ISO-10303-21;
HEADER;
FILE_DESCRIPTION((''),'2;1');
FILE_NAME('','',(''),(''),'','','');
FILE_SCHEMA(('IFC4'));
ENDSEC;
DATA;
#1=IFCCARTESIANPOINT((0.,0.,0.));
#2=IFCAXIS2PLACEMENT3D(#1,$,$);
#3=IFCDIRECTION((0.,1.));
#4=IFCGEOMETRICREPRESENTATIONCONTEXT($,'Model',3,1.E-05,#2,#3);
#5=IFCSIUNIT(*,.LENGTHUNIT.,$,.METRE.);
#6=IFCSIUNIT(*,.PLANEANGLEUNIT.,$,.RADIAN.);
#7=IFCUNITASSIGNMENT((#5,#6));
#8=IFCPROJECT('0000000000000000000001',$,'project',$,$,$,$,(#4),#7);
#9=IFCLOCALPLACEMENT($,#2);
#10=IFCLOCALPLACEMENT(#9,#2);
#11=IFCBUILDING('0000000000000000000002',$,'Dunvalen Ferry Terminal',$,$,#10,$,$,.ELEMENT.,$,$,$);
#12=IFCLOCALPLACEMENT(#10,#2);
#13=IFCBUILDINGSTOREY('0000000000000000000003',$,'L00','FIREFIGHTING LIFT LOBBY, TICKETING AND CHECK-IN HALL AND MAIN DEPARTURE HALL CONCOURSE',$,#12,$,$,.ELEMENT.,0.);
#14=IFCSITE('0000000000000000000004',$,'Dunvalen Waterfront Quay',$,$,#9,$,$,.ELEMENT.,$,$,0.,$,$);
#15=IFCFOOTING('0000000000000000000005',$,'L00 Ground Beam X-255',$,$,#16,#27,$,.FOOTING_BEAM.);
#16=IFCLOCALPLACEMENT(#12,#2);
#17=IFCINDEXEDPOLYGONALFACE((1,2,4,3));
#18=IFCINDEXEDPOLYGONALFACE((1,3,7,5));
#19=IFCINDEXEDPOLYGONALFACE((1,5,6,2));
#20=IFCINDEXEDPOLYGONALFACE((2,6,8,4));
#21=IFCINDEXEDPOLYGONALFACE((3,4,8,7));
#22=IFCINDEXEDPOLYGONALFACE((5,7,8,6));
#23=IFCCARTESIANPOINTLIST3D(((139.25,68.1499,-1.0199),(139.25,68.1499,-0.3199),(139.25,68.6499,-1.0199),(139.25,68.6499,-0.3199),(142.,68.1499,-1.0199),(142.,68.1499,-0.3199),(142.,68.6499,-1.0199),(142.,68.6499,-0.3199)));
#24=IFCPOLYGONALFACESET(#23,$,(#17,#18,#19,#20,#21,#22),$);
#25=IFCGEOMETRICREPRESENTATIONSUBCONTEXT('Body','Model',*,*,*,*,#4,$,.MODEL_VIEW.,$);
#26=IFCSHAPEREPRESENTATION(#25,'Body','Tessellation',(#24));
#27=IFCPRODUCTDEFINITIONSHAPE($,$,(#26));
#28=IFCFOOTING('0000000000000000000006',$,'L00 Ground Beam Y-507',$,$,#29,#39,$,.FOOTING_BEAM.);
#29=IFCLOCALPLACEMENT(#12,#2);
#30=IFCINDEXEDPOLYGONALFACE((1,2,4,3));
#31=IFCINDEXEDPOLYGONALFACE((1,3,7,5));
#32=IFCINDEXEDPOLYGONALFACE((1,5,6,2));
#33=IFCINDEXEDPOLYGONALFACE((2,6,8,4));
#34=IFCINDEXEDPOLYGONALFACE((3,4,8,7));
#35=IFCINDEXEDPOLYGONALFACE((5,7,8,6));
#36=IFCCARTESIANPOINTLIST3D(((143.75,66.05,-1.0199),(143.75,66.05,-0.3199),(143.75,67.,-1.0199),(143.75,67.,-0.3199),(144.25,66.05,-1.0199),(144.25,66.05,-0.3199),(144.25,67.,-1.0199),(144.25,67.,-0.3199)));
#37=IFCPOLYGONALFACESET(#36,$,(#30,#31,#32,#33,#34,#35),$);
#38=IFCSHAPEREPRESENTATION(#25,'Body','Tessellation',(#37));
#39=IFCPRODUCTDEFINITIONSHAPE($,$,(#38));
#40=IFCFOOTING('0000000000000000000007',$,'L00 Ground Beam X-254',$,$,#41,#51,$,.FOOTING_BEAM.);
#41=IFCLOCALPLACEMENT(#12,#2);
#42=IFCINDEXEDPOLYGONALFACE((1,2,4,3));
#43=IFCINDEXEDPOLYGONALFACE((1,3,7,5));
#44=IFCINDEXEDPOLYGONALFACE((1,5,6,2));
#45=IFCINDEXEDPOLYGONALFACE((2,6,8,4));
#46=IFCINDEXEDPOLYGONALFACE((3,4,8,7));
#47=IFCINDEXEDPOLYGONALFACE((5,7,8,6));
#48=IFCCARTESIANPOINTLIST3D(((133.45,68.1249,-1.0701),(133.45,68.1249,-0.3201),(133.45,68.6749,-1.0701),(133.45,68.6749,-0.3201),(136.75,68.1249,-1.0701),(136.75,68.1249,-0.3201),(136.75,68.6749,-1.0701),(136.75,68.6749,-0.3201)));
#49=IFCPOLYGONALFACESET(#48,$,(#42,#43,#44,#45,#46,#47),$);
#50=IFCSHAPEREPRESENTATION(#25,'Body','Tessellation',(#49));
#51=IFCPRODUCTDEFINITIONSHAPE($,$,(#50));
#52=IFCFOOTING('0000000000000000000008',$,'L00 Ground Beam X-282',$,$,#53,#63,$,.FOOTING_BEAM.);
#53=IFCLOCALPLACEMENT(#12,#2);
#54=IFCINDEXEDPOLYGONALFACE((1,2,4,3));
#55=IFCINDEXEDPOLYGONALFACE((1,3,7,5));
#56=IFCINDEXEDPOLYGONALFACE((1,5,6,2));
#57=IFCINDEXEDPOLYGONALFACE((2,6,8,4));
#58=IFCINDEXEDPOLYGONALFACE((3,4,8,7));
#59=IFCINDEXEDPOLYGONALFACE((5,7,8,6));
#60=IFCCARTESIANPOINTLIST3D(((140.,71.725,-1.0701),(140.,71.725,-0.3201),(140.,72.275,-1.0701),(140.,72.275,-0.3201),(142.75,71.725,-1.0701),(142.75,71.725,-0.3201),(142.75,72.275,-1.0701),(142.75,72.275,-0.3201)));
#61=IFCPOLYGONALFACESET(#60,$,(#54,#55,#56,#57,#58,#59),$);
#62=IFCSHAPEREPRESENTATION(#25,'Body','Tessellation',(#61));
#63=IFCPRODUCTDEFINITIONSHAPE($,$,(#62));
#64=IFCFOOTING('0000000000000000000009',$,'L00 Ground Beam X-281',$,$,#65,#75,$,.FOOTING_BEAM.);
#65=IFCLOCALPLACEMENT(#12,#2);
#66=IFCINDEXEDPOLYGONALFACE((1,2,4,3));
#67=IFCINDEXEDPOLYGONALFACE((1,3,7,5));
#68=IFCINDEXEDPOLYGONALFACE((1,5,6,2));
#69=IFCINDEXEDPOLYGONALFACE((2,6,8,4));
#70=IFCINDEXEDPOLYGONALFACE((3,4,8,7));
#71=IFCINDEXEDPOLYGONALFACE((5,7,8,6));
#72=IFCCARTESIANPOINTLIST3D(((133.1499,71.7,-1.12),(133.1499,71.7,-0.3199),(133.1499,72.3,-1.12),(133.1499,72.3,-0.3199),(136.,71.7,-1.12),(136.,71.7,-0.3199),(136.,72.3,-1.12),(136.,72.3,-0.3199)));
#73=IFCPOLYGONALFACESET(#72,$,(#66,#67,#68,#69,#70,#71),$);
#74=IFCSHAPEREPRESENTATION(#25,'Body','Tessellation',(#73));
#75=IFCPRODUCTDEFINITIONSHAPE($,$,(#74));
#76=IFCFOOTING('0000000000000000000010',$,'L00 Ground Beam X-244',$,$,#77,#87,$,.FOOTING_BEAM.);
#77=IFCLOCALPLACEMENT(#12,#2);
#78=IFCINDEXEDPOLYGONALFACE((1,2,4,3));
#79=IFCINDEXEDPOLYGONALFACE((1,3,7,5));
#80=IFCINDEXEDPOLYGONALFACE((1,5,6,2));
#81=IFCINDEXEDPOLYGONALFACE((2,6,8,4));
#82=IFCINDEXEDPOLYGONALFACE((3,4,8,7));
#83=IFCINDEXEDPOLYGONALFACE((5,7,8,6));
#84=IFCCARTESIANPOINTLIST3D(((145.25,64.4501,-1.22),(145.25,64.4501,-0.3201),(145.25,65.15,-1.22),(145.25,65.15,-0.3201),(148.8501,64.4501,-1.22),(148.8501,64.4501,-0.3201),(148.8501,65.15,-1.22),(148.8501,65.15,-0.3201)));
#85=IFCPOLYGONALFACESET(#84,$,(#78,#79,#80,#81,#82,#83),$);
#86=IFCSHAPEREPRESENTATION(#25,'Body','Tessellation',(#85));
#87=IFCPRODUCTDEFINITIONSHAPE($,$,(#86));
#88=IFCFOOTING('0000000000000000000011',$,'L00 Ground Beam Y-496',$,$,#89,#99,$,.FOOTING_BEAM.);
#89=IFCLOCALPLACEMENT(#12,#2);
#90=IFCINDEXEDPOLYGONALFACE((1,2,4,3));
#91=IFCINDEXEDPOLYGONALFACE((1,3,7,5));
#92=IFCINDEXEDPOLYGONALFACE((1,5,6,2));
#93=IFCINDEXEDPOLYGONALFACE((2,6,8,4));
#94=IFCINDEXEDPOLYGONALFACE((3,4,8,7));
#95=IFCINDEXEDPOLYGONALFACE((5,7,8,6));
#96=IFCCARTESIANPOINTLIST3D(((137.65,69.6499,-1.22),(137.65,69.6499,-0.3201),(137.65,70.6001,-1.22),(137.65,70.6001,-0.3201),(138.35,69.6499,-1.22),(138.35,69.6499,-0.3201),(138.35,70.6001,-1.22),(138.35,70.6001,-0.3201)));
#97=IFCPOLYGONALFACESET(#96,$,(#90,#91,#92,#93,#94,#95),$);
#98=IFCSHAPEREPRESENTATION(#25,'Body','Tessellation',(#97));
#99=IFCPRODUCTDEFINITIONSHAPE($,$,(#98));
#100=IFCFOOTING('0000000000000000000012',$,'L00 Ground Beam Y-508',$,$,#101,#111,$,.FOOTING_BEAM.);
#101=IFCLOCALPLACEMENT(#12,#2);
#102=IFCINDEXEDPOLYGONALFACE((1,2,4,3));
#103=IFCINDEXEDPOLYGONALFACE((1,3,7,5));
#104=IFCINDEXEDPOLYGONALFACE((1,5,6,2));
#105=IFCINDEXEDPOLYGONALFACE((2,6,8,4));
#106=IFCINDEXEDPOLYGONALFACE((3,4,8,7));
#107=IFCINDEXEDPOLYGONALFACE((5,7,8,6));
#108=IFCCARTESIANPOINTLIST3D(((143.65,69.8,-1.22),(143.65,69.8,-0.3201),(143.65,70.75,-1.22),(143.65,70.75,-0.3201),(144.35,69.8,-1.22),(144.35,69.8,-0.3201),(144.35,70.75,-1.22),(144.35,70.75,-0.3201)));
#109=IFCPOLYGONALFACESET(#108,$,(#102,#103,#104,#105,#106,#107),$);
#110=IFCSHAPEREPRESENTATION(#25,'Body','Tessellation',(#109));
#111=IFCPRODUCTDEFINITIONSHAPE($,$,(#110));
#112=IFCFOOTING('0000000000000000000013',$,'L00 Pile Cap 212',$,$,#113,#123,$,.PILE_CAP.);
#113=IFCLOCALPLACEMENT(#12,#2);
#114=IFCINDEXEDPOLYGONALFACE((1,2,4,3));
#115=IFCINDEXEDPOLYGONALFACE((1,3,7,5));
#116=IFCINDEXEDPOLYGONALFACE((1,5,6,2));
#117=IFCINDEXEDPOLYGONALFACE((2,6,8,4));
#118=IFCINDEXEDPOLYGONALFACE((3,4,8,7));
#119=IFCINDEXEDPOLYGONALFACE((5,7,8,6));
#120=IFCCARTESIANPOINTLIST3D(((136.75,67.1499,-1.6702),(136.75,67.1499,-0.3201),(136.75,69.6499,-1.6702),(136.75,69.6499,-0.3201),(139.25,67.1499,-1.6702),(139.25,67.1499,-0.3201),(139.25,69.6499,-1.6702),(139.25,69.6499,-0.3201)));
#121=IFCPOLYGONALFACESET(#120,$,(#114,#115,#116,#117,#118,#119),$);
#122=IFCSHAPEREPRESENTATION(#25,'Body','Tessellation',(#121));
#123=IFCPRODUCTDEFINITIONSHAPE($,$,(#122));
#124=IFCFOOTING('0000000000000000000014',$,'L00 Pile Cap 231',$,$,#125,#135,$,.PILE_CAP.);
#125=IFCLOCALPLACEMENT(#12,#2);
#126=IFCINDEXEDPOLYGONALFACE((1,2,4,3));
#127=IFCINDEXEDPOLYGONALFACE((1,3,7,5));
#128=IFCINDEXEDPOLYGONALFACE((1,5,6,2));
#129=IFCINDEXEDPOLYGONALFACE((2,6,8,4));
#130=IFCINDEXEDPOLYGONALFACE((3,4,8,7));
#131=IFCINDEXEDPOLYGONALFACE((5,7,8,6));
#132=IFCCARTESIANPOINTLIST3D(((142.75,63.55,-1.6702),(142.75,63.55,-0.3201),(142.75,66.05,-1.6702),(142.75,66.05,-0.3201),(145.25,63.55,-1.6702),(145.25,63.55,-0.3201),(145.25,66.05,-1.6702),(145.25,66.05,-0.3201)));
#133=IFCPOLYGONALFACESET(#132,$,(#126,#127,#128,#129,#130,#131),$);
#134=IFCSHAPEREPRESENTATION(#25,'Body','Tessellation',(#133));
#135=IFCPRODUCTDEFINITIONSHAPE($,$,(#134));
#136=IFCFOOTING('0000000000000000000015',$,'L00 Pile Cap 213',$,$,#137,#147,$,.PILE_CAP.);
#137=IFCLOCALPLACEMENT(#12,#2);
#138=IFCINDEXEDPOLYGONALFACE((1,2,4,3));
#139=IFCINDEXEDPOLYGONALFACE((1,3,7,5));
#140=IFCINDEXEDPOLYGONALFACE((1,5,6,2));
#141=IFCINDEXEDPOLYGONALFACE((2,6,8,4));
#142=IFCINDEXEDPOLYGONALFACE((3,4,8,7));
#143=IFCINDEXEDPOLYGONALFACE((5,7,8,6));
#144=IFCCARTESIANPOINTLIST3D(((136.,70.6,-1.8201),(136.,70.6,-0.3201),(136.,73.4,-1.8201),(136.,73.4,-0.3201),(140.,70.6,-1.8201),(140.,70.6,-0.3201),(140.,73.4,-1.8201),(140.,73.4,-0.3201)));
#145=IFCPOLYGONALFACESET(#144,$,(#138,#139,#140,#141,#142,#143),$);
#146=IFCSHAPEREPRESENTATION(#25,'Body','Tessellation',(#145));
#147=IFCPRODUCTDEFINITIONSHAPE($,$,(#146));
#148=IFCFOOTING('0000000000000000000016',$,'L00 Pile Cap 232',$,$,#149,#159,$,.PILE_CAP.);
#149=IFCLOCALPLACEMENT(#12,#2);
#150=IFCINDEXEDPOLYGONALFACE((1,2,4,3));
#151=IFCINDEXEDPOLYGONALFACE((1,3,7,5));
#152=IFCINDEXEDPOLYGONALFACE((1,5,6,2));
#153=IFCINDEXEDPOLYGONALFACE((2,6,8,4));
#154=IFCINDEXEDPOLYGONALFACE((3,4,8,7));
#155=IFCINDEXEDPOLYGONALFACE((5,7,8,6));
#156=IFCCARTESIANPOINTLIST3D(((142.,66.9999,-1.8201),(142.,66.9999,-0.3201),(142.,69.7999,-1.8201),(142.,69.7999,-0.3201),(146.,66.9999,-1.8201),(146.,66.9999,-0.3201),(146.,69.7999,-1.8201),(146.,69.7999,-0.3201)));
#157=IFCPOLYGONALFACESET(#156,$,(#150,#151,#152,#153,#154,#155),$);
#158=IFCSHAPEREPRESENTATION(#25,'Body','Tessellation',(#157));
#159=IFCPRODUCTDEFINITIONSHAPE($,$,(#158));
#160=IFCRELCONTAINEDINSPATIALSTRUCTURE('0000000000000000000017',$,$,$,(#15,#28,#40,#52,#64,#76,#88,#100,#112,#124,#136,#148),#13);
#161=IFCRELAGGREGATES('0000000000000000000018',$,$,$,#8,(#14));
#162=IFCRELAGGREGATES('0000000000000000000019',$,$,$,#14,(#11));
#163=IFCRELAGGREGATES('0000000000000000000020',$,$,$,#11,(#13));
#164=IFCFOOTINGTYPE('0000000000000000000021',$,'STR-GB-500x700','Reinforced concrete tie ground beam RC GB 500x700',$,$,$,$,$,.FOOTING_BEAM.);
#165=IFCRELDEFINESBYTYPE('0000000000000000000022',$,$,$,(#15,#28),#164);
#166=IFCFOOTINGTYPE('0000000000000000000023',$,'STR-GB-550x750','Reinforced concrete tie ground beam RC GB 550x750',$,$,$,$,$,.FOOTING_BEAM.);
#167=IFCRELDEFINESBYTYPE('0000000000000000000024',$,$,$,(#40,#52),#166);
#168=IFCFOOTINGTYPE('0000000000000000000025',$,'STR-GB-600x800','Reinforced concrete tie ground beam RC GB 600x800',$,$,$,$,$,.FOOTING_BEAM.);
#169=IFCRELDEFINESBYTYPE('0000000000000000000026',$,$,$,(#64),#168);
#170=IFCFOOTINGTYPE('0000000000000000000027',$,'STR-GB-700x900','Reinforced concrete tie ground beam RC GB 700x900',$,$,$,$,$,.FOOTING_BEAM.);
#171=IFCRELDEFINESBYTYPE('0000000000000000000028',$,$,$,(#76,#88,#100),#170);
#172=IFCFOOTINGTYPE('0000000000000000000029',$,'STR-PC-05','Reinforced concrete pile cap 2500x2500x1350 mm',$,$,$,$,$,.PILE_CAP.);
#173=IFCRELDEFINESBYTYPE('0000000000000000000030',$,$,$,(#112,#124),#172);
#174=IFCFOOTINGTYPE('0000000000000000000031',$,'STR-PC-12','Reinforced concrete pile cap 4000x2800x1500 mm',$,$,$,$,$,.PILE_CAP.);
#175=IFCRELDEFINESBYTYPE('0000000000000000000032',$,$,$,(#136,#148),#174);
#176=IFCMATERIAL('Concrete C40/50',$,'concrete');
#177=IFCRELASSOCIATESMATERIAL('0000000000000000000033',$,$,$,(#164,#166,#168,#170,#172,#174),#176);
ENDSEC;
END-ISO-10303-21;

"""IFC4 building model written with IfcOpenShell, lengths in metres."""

from ifc_helpers import new_model, si_unit, direction, frame, origin, origin_2d, place, context, subcontext, project, spatial, rectangle, extrude, material, material_profile, profile_set, type_object, element, save


model = new_model("IFC4")

# Units and contexts
model_context = context("Model", 3, precision=1e-05, world=origin(), true_north=direction((0.0, 1.0)))
body_context = subcontext(model_context, "Body", "Model", "MODEL_VIEW")
ifc_project = project(units=[si_unit("LENGTHUNIT", "METRE"), si_unit("PLANEANGLEUNIT", "RADIAN")], contexts=[model_context])

# Site, building, storey
site_placement = place(None, origin())
site = spatial("IfcSite", under=ifc_project, at=site_placement, Name="Dunvalen Waterfront Quay", CompositionType="ELEMENT", RefElevation=0.0)
building_placement = place(site_placement, origin())
building = spatial("IfcBuilding", under=site, at=building_placement, Name="Dunvalen Ferry Terminal", CompositionType="ELEMENT")
storey_placement = place(building_placement, origin())
storey = spatial("IfcBuildingStorey", under=building, at=storey_placement, Name="L00", Description="FIREFIGHTING LIFT LOBBY, TICKETING AND CHECK-IN HALL AND MAIN DEPARTURE HALL CONCOURSE", CompositionType="ELEMENT", Elevation=0.0)

# Footings
ifc_material_1 = material(Name="Concrete C40/50", Category="concrete")
ifc_material_profile_1 = material_profile(ifc_material_1, rectangle(XDim=0.5, YDim=0.7, at=origin_2d()), Name="Concrete C40/50")
ifc_profile_set_1 = profile_set([ifc_material_profile_1], Name="Concrete C40/50")
footing_type_1 = type_object("IfcFootingType", Name="STR-GB-500x700", Description="Reinforced concrete tie ground beam RC GB 500x700", PredefinedType="FOOTING_BEAM", material=ifc_profile_set_1)
footing_1_placement = place(storey_placement, frame((139.25, 68.3999, -0.6699), z_axis=(1.0, 0.0, 0.0), x_axis=(0.0, 1.0, 0.0)))
element("IfcFooting", 1, at=footing_1_placement, inside=storey, type_object=footing_type_1, Name="L00 Ground Beam X-255", PredefinedType="FOOTING_BEAM", context=body_context, shape_type="SweptSolid", body=[
    extrude(rectangle(XDim=0.5, YDim=0.7, at=origin_2d()), origin(), (0.0, 0.0, 1.0), 2.75),
])
footing_2_placement = place(storey_placement, frame((144.0, 66.05, -0.6699), z_axis=(0.0, 1.0, 0.0), x_axis=(-1.0, 0.0, 0.0)))
element("IfcFooting", 2, at=footing_2_placement, inside=storey, type_object=footing_type_1, Name="L00 Ground Beam Y-507", PredefinedType="FOOTING_BEAM", context=body_context, shape_type="SweptSolid", body=[
    extrude(rectangle(XDim=0.5, YDim=0.7, at=origin_2d()), origin(), (0.0, 0.0, 1.0), 0.95),
])
ifc_material_profile_2 = material_profile(ifc_material_1, rectangle(XDim=0.55, YDim=0.75, at=origin_2d()), Name="Concrete C40/50")
ifc_profile_set_2 = profile_set([ifc_material_profile_2], Name="Concrete C40/50")
footing_type_2 = type_object("IfcFootingType", Name="STR-GB-550x750", Description="Reinforced concrete tie ground beam RC GB 550x750", PredefinedType="FOOTING_BEAM", material=ifc_profile_set_2)
footing_3_placement = place(storey_placement, frame((133.45, 68.3999, -0.6951), z_axis=(1.0, 0.0, 0.0), x_axis=(0.0, 1.0, 0.0)))
element("IfcFooting", 3, at=footing_3_placement, inside=storey, type_object=footing_type_2, Name="L00 Ground Beam X-254", PredefinedType="FOOTING_BEAM", context=body_context, shape_type="SweptSolid", body=[
    extrude(rectangle(XDim=0.55, YDim=0.75, at=origin_2d()), origin(), (0.0, 0.0, 1.0), 3.3),
])
footing_4_placement = place(storey_placement, frame((140.0, 72.0, -0.6951), z_axis=(1.0, 0.0, 0.0), x_axis=(0.0, 1.0, 0.0)))
element("IfcFooting", 4, at=footing_4_placement, inside=storey, type_object=footing_type_2, Name="L00 Ground Beam X-282", PredefinedType="FOOTING_BEAM", context=body_context, shape_type="SweptSolid", body=[
    extrude(rectangle(XDim=0.55, YDim=0.75, at=origin_2d()), origin(), (0.0, 0.0, 1.0), 2.75),
])
ifc_material_profile_3 = material_profile(ifc_material_1, rectangle(XDim=0.6001, YDim=0.8, at=origin_2d()), Name="Concrete C40/50")
ifc_profile_set_3 = profile_set([ifc_material_profile_3], Name="Concrete C40/50")
footing_type_3 = type_object("IfcFootingType", Name="STR-GB-600x800", Description="Reinforced concrete tie ground beam RC GB 600x800", PredefinedType="FOOTING_BEAM", material=ifc_profile_set_3)
footing_5_placement = place(storey_placement, frame((133.1499, 72.0, -0.72), z_axis=(1.0, 0.0, 0.0), x_axis=(0.0, 1.0, 0.0)))
element("IfcFooting", 5, at=footing_5_placement, inside=storey, type_object=footing_type_3, Name="L00 Ground Beam X-281", PredefinedType="FOOTING_BEAM", context=body_context, shape_type="SweptSolid", body=[
    extrude(rectangle(XDim=0.6001, YDim=0.8, at=origin_2d()), origin(), (0.0, 0.0, 1.0), 2.8501),
])
ifc_material_profile_4 = material_profile(ifc_material_1, rectangle(XDim=0.7, YDim=0.8999, at=origin_2d()), Name="Concrete C40/50")
ifc_profile_set_4 = profile_set([ifc_material_profile_4], Name="Concrete C40/50")
footing_type_4 = type_object("IfcFootingType", Name="STR-GB-700x900", Description="Reinforced concrete tie ground beam RC GB 700x900", PredefinedType="FOOTING_BEAM", material=ifc_profile_set_4)
footing_6_placement = place(storey_placement, frame((145.25, 64.8, -0.77), z_axis=(1.0, 0.0, 0.0), x_axis=(0.0, 1.0, 0.0)))
element("IfcFooting", 6, at=footing_6_placement, inside=storey, type_object=footing_type_4, Name="L00 Ground Beam X-244", PredefinedType="FOOTING_BEAM", context=body_context, shape_type="SweptSolid", body=[
    extrude(rectangle(XDim=0.7, YDim=0.8999, at=origin_2d()), origin(), (0.0, 0.0, 1.0), 3.6001),
])
footing_7_placement = place(storey_placement, frame((138.0, 69.6499, -0.77), z_axis=(0.0, 1.0, 0.0), x_axis=(-1.0, 0.0, 0.0)))
element("IfcFooting", 7, at=footing_7_placement, inside=storey, type_object=footing_type_4, Name="L00 Ground Beam Y-496", PredefinedType="FOOTING_BEAM", context=body_context, shape_type="SweptSolid", body=[
    extrude(rectangle(XDim=0.7, YDim=0.8999, at=origin_2d()), origin(), (0.0, 0.0, 1.0), 0.9502),
])
footing_8_placement = place(storey_placement, frame((144.0, 69.8, -0.77), z_axis=(0.0, 1.0, 0.0), x_axis=(-1.0, 0.0, 0.0)))
element("IfcFooting", 8, at=footing_8_placement, inside=storey, type_object=footing_type_4, Name="L00 Ground Beam Y-508", PredefinedType="FOOTING_BEAM", context=body_context, shape_type="SweptSolid", body=[
    extrude(rectangle(XDim=0.7, YDim=0.8999, at=origin_2d()), origin(), (0.0, 0.0, 1.0), 0.95),
])
footing_type_5 = type_object("IfcFootingType", Name="STR-PC-05", Description="Reinforced concrete pile cap 2500x2500x1350 mm", PredefinedType="PILE_CAP", material=ifc_material_1)
for number, where, z_axis, x_axis, name in (
    (9, (138.0, 68.3999, -1.6702), (0.0, 0.0, 1.0), (1.0, 0.0, 0.0), "L00 Pile Cap 212"),
    (10, (144.0, 64.8, -1.6702), (0.0, 0.0, 1.0), (1.0, 0.0, 0.0), "L00 Pile Cap 231"),
):
    element("IfcFooting", number, at=place(storey_placement, frame(where, z_axis=z_axis, x_axis=x_axis)), inside=storey, type_object=footing_type_5, Name=name, PredefinedType="PILE_CAP", context=body_context, shape_type="SweptSolid", body=[
        extrude(rectangle(XDim=2.5, YDim=2.5, at=origin_2d()), origin(), (0.0, 0.0, 1.0), 1.3501),
    ])
footing_type_6 = type_object("IfcFootingType", Name="STR-PC-12", Description="Reinforced concrete pile cap 4000x2800x1500 mm", PredefinedType="PILE_CAP", material=ifc_material_1)
for number, where, z_axis, x_axis, name in (
    (11, (138.0, 72.0, -1.8201), (0.0, 0.0, 1.0), (1.0, 0.0, 0.0), "L00 Pile Cap 213"),
    (12, (144.0, 68.3999, -1.8201), (0.0, 0.0, 1.0), (1.0, 0.0, 0.0), "L00 Pile Cap 232"),
):
    element("IfcFooting", number, at=place(storey_placement, frame(where, z_axis=z_axis, x_axis=x_axis)), inside=storey, type_object=footing_type_6, Name=name, PredefinedType="PILE_CAP", context=body_context, shape_type="SweptSolid", body=[
        extrude(rectangle(XDim=4.0, YDim=2.8, at=origin_2d()), origin(), (0.0, 0.0, 1.0), 1.5),
    ])

save(model, "model.ifc")
